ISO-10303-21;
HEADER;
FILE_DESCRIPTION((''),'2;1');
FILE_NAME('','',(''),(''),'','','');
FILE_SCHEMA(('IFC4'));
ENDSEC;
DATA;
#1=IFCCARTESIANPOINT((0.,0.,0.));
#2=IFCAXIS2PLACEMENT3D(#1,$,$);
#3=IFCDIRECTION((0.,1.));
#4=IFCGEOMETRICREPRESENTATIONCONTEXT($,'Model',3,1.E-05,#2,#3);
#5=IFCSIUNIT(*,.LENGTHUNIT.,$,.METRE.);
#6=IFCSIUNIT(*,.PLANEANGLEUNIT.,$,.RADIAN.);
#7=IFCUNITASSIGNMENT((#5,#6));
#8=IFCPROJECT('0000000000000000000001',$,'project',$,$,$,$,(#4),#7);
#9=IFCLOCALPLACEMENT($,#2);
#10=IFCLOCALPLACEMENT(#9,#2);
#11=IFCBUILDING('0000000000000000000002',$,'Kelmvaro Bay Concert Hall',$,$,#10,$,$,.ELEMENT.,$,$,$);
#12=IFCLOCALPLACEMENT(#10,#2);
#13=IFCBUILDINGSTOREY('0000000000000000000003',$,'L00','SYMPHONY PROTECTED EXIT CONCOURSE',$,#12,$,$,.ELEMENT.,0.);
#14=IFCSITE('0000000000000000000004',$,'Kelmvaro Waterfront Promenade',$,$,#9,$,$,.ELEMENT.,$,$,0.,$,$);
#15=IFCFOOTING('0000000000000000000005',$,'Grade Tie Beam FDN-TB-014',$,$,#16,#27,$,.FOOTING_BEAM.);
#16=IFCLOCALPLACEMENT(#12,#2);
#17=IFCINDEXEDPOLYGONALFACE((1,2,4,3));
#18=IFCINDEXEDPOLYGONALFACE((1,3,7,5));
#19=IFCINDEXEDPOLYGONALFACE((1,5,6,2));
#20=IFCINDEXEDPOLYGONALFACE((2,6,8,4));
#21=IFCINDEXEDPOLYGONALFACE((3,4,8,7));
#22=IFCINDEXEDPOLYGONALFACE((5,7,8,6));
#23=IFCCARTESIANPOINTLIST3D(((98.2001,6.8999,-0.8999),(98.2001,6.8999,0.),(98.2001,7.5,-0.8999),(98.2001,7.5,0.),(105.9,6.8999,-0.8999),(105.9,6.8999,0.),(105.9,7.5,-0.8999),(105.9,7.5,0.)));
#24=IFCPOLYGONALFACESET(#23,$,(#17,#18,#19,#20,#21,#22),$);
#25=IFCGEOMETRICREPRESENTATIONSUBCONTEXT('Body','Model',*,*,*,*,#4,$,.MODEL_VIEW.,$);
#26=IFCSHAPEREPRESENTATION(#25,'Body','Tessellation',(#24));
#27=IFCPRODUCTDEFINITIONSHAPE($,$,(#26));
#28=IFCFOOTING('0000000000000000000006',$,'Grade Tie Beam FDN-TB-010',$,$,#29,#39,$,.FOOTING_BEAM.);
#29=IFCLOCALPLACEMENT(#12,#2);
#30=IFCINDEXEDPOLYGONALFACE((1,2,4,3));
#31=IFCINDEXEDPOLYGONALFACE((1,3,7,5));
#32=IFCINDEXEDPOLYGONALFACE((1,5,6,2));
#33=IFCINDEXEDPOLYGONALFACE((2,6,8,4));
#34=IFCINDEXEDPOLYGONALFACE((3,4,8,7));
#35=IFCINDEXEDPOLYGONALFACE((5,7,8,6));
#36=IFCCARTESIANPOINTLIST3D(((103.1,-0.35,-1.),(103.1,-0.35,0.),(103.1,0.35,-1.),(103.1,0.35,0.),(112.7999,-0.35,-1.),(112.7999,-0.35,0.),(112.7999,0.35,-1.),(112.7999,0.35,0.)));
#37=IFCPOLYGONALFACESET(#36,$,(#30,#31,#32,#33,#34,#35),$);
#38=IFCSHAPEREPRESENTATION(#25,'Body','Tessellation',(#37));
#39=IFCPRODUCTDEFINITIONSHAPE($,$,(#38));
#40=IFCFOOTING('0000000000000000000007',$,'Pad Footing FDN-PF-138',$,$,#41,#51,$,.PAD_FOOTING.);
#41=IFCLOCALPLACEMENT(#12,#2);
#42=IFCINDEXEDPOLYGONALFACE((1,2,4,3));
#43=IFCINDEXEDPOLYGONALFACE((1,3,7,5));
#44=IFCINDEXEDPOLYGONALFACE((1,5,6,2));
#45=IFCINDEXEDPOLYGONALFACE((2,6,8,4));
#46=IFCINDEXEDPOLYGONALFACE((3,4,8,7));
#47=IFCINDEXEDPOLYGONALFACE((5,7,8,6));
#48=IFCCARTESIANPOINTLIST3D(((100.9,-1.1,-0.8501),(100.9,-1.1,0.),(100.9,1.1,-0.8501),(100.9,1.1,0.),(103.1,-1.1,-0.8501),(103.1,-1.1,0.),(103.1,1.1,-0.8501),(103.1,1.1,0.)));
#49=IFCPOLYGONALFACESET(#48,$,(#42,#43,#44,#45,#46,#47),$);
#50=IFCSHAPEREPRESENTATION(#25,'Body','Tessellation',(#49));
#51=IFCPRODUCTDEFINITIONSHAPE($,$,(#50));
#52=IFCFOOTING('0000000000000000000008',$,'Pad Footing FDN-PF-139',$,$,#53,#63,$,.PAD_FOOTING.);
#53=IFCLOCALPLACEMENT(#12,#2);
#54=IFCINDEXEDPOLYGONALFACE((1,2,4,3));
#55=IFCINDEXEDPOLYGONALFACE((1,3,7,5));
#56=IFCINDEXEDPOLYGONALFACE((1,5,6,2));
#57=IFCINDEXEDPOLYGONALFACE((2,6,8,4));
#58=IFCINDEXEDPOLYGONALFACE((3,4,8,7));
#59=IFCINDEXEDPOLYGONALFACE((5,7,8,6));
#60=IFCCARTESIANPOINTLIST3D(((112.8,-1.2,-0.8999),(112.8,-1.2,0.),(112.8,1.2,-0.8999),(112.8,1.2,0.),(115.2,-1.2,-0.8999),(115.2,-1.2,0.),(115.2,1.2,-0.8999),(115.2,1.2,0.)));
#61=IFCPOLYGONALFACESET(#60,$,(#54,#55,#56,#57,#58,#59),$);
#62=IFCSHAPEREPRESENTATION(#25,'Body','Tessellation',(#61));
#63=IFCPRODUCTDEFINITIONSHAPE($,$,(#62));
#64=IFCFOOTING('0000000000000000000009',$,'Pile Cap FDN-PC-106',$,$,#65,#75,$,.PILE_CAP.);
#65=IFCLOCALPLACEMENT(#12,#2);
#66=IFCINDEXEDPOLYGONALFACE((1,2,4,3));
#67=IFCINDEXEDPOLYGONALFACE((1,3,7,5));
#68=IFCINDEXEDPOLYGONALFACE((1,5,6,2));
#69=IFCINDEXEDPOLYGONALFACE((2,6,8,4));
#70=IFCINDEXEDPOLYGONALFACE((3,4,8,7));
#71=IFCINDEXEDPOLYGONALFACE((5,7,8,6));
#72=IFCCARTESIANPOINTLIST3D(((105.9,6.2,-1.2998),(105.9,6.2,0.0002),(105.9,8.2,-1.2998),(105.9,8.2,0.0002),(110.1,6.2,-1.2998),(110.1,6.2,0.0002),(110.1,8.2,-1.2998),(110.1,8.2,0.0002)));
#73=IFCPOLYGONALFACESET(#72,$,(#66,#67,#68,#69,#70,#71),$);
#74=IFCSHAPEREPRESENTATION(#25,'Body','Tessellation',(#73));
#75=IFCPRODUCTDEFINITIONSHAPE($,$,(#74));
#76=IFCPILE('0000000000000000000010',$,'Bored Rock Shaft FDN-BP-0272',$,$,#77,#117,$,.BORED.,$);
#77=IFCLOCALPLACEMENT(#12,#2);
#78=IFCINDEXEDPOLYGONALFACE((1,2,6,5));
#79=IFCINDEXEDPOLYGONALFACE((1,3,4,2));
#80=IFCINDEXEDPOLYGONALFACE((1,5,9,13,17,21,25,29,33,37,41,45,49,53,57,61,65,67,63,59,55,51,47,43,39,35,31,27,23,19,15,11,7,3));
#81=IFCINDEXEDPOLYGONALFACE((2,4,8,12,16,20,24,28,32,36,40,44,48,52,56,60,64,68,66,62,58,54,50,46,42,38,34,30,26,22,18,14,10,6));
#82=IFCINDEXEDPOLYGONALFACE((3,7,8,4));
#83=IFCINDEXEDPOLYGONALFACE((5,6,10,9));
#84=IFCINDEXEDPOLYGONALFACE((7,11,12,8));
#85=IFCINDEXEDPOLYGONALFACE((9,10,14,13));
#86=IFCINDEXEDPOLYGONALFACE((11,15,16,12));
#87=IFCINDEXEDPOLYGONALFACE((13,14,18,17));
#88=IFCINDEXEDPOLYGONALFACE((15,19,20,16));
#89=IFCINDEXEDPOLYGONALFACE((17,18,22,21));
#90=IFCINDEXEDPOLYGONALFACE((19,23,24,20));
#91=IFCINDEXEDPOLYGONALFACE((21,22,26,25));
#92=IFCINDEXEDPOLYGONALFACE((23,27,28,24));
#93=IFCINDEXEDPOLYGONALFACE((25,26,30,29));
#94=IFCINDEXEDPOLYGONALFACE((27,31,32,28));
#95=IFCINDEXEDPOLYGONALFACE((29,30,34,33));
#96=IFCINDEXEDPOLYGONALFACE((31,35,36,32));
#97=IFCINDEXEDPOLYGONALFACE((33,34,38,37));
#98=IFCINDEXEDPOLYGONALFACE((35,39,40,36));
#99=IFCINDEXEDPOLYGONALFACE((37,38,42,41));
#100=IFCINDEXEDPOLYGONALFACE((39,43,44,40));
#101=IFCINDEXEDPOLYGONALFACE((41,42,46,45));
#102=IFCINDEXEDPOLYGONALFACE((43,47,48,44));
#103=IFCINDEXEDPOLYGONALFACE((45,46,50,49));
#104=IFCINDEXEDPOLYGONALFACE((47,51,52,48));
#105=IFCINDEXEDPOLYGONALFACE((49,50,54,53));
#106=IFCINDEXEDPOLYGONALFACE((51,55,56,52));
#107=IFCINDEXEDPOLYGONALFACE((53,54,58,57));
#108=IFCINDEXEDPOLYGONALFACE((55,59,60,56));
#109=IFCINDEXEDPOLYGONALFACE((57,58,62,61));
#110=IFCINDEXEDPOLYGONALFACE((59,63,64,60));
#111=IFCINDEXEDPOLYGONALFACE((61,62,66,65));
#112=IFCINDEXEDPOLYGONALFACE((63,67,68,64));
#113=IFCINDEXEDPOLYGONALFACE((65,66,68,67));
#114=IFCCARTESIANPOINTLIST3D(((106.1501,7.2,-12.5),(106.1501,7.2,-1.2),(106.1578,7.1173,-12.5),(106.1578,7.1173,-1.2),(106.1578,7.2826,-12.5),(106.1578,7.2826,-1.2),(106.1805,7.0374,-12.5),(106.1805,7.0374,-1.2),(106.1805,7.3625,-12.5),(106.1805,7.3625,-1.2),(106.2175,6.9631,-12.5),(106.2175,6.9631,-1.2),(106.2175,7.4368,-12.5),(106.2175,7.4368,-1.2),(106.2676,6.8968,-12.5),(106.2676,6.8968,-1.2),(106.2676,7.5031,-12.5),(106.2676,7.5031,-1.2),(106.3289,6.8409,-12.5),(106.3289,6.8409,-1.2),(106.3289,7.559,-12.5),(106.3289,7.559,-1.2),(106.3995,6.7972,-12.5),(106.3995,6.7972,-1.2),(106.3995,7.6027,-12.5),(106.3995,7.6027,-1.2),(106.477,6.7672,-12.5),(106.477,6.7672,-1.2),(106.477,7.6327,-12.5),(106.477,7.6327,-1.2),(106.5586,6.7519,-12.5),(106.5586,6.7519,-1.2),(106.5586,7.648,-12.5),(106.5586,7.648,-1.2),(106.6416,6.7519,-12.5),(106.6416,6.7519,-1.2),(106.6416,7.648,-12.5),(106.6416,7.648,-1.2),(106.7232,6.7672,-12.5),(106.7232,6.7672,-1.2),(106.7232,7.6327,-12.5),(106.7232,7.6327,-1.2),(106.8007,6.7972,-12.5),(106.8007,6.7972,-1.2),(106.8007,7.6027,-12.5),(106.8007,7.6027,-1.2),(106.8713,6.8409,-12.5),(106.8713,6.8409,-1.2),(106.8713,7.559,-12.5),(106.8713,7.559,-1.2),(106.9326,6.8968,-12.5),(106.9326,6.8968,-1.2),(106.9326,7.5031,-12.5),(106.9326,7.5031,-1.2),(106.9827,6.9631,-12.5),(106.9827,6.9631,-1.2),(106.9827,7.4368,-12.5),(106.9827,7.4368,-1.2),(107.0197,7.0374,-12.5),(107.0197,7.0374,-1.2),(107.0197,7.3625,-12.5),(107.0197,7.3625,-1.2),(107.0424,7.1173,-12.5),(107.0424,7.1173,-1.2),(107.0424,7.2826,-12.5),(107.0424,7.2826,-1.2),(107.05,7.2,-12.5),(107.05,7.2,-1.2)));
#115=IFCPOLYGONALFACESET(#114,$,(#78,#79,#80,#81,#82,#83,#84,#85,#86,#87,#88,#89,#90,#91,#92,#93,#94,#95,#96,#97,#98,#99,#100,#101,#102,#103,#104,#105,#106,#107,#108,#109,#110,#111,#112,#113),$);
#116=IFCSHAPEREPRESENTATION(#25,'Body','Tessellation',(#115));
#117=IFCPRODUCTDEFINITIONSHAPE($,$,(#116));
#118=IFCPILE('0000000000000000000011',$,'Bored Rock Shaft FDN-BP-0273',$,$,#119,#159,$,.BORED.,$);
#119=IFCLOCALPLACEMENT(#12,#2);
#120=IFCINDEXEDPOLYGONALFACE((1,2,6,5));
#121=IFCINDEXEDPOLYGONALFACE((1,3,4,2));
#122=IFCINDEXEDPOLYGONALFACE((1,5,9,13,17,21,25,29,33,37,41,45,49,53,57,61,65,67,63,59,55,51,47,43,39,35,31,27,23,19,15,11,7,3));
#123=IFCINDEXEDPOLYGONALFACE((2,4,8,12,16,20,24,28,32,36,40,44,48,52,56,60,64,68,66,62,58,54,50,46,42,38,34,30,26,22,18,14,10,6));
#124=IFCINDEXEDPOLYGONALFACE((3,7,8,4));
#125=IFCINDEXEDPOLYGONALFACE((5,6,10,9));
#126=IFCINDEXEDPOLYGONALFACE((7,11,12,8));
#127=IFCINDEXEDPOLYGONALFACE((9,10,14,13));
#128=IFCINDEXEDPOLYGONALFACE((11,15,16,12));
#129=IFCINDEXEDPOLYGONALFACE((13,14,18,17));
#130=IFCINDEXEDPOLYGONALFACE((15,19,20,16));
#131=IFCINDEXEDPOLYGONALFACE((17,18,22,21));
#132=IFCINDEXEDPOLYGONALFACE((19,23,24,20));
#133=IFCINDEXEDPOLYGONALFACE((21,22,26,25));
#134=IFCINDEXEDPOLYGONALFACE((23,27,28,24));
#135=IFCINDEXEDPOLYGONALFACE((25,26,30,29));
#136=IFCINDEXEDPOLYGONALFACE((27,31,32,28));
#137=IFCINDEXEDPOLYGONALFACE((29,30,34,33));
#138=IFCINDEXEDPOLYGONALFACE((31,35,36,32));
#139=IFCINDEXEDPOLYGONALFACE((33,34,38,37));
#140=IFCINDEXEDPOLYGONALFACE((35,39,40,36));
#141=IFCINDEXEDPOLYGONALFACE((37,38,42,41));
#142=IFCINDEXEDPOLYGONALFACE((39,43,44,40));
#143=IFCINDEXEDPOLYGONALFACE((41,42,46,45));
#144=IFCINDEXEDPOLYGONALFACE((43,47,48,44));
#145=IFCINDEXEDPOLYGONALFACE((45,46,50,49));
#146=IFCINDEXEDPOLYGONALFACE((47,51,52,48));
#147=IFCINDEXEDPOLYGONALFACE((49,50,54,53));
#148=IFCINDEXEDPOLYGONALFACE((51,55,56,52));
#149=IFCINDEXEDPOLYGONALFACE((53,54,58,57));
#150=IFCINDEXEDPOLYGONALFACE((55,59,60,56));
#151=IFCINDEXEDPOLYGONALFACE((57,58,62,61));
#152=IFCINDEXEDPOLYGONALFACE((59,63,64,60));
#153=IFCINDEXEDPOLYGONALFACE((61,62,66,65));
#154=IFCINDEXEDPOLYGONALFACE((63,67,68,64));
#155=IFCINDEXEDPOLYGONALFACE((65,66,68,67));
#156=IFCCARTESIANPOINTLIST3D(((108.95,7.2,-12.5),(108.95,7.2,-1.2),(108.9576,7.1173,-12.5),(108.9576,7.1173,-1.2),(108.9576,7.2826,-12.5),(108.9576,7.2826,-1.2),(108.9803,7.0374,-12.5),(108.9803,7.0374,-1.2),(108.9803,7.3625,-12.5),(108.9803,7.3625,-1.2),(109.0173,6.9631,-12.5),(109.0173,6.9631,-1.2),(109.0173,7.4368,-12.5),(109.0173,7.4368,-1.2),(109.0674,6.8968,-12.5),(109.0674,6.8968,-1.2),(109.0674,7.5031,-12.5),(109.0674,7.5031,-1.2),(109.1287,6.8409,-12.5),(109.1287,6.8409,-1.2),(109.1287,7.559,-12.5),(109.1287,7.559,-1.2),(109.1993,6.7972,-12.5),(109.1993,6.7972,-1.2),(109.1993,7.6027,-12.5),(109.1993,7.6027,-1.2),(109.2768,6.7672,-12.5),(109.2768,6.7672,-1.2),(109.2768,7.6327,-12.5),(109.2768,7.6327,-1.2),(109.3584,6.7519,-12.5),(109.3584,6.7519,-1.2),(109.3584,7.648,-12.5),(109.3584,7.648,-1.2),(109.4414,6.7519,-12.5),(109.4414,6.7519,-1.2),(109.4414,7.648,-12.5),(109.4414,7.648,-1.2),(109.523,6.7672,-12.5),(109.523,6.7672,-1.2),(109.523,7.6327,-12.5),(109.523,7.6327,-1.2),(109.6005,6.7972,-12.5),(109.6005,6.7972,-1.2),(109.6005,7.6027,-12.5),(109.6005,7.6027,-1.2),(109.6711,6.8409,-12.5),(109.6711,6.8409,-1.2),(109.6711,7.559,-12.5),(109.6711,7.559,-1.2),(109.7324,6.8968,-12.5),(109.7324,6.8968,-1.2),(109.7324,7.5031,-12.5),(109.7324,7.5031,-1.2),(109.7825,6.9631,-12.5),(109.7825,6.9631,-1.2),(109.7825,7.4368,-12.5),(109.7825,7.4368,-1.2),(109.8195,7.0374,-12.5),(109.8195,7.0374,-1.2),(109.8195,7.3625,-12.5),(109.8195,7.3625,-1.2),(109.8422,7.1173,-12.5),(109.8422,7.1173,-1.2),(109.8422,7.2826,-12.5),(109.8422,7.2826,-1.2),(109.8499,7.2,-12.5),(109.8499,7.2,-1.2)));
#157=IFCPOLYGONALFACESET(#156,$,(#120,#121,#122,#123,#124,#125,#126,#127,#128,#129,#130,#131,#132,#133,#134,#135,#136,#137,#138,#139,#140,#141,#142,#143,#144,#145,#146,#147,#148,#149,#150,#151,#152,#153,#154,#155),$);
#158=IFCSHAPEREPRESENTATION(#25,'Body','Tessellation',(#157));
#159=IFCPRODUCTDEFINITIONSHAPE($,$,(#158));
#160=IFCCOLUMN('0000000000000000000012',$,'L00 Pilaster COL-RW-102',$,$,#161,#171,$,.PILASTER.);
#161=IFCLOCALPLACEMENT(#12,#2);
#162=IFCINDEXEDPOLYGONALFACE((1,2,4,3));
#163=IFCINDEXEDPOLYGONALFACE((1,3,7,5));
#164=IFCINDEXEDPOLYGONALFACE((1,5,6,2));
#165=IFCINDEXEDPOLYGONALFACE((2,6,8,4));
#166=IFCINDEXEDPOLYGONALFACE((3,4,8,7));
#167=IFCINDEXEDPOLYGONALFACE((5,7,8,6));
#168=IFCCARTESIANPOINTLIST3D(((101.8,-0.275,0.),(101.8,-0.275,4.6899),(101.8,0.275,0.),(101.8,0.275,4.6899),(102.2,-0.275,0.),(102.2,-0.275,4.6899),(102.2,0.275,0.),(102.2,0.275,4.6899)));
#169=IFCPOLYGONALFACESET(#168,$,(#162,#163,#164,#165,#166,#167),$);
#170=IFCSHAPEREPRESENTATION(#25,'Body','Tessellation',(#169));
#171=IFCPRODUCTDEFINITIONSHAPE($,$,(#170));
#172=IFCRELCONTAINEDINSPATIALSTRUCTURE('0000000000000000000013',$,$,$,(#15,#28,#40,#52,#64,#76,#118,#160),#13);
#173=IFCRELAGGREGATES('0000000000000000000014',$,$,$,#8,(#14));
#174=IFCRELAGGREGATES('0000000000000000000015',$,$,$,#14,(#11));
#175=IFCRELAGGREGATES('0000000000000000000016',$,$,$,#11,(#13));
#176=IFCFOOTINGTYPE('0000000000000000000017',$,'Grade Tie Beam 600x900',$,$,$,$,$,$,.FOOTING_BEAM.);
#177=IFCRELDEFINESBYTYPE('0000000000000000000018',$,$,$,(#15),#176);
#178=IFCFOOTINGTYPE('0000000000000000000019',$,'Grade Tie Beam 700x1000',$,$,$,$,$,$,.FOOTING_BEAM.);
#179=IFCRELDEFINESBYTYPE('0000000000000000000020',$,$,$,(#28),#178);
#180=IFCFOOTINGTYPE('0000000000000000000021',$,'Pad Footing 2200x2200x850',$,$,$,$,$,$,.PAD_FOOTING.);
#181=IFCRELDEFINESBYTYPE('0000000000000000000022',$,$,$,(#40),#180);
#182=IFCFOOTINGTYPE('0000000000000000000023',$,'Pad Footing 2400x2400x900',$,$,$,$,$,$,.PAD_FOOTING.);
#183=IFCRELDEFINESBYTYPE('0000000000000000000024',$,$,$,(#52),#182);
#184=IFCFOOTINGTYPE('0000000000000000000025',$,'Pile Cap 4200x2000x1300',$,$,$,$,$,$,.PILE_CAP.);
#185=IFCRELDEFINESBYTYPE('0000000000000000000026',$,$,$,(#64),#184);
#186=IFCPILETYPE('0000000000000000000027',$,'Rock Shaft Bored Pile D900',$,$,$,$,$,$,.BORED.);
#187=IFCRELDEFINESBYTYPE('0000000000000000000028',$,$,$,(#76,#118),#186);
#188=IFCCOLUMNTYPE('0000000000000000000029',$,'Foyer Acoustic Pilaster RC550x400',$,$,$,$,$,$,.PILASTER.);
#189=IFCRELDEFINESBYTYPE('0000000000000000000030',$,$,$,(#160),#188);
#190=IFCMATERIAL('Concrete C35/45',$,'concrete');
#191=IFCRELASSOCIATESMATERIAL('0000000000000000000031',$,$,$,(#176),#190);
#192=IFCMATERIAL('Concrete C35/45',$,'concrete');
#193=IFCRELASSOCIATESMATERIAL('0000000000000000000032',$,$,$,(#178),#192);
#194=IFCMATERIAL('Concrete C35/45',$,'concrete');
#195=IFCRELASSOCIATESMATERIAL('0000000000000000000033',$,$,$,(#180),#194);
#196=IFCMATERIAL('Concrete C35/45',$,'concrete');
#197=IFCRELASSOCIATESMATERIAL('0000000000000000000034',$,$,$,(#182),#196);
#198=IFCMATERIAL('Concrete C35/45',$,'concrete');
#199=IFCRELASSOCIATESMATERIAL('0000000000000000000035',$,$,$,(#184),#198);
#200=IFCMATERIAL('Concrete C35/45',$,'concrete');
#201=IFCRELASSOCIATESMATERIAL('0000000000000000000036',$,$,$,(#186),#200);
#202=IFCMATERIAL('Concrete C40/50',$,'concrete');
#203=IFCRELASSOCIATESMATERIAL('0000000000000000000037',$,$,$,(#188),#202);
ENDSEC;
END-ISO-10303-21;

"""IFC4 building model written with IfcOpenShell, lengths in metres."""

from ifc_helpers import new_model, si_unit, direction, frame, origin, origin_2d, place, context, subcontext, project, spatial, rectangle, circle, extrude, material, material_profile, profile_set, type_object, element, save


model = new_model("IFC4")

# Units and contexts
model_context = context("Model", 3, precision=1e-05, world=origin(), true_north=direction((0.0, 1.0)))
body_context = subcontext(model_context, "Body", "Model", "MODEL_VIEW")
ifc_project = project(units=[si_unit("LENGTHUNIT", "METRE"), si_unit("PLANEANGLEUNIT", "RADIAN")], contexts=[model_context])

# Site, building, storey
site_placement = place(None, origin())
site = spatial("IfcSite", under=ifc_project, at=site_placement, Name="Kelmvaro Waterfront Promenade", CompositionType="ELEMENT", RefElevation=0.0)
building_placement = place(site_placement, origin())
building = spatial("IfcBuilding", under=site, at=building_placement, Name="Kelmvaro Bay Concert Hall", CompositionType="ELEMENT")
storey_placement = place(building_placement, origin())
storey = spatial("IfcBuildingStorey", under=building, at=storey_placement, Name="L00", Description="SYMPHONY PROTECTED EXIT CONCOURSE", CompositionType="ELEMENT", Elevation=0.0)

# Footings
ifc_material_1 = material(Name="Concrete C35/45", Category="concrete")
footing_type_1 = type_object("IfcFootingType", Name="Grade Tie Beam 600x900", PredefinedType="FOOTING_BEAM", material=ifc_material_1)
footing_1_placement = place(storey_placement, frame((102.05, 7.2, -0.8999), z_axis=(0.0, 0.0, 1.0), x_axis=(1.0, 0.0, 0.0)))
element("IfcFooting", 1, at=footing_1_placement, inside=storey, type_object=footing_type_1, Name="Grade Tie Beam FDN-TB-014", PredefinedType="FOOTING_BEAM", context=body_context, shape_type="SweptSolid", body=[
    extrude(rectangle(XDim=7.7, YDim=0.6001, at=origin_2d()), origin(), (0.0, 0.0, 1.0), 0.8999),
])
ifc_material_2 = material(Name="Concrete C35/45", Category="concrete")
footing_type_2 = type_object("IfcFootingType", Name="Grade Tie Beam 700x1000", PredefinedType="FOOTING_BEAM", material=ifc_material_2)
footing_2_placement = place(storey_placement, frame((107.95, 0.0, -1.0), z_axis=(0.0, 0.0, 1.0), x_axis=(1.0, 0.0, 0.0)))
element("IfcFooting", 2, at=footing_2_placement, inside=storey, type_object=footing_type_2, Name="Grade Tie Beam FDN-TB-010", PredefinedType="FOOTING_BEAM", context=body_context, shape_type="SweptSolid", body=[
    extrude(rectangle(XDim=9.7, YDim=0.7, at=origin_2d()), origin(), (0.0, 0.0, 1.0), 1.0),
])
ifc_material_3 = material(Name="Concrete C35/45", Category="concrete")
footing_type_3 = type_object("IfcFootingType", Name="Pad Footing 2200x2200x850", PredefinedType="PAD_FOOTING", material=ifc_material_3)
footing_3_placement = place(storey_placement, frame((102.0, 0.0, -0.8501), z_axis=(0.0, 0.0, 1.0), x_axis=(1.0, 0.0, 0.0)))
element("IfcFooting", 3, at=footing_3_placement, inside=storey, type_object=footing_type_3, Name="Pad Footing FDN-PF-138", PredefinedType="PAD_FOOTING", context=body_context, shape_type="SweptSolid", body=[
    extrude(rectangle(XDim=2.2, YDim=2.2, at=origin_2d()), origin(), (0.0, 0.0, 1.0), 0.8501),
])
ifc_material_4 = material(Name="Concrete C35/45", Category="concrete")
footing_type_4 = type_object("IfcFootingType", Name="Pad Footing 2400x2400x900", PredefinedType="PAD_FOOTING", material=ifc_material_4)
footing_4_placement = place(storey_placement, frame((114.0, 0.0, -0.8999), z_axis=(0.0, 0.0, 1.0), x_axis=(1.0, 0.0, 0.0)))
element("IfcFooting", 4, at=footing_4_placement, inside=storey, type_object=footing_type_4, Name="Pad Footing FDN-PF-139", PredefinedType="PAD_FOOTING", context=body_context, shape_type="SweptSolid", body=[
    extrude(rectangle(XDim=2.3999, YDim=2.3999, at=origin_2d()), origin(), (0.0, 0.0, 1.0), 0.8999),
])
ifc_material_5 = material(Name="Concrete C35/45", Category="concrete")
footing_type_5 = type_object("IfcFootingType", Name="Pile Cap 4200x2000x1300", PredefinedType="PILE_CAP", material=ifc_material_5)
footing_5_placement = place(storey_placement, frame((108.0, 7.2, -1.2998), z_axis=(0.0, 0.0, 1.0), x_axis=(1.0, 0.0, 0.0)))
element("IfcFooting", 5, at=footing_5_placement, inside=storey, type_object=footing_type_5, Name="Pile Cap FDN-PC-106", PredefinedType="PILE_CAP", context=body_context, shape_type="SweptSolid", body=[
    extrude(rectangle(XDim=4.2, YDim=2.0, at=origin_2d()), origin(), (0.0, 0.0, 1.0), 1.3),
])

# Piles
ifc_material_6 = material(Name="Concrete C35/45", Category="concrete")
ifc_material_profile_1 = material_profile(ifc_material_6, circle(Radius=0.45, at=origin_2d()), Name="PILE-BORED-900")
ifc_profile_set_1 = profile_set([ifc_material_profile_1], Name="Concrete C35/45")
pile_type = type_object("IfcPileType", Name="Rock Shaft Bored Pile D900", PredefinedType="BORED", material=ifc_profile_set_1)
for number, where, z_axis, x_axis, name in (
    (6, (106.6001, 7.2, -1.2), (0.0, 0.0, -1.0), (1.0, 0.0, 0.0), "Bored Rock Shaft FDN-BP-0272"),
    (7, (109.3999, 7.2, -1.2), (0.0, 0.0, -1.0), (1.0, 0.0, 0.0), "Bored Rock Shaft FDN-BP-0273"),
):
    element("IfcPile", number, at=place(storey_placement, frame(where, z_axis=z_axis, x_axis=x_axis)), inside=storey, type_object=pile_type, Name=name, PredefinedType="BORED", context=body_context, shape_type="SweptSolid", body=[
        extrude(circle(Radius=0.45, at=origin_2d()), origin(), (0.0, 0.0, 1.0), 11.3),
    ])

# Column
ifc_material_7 = material(Name="Concrete C40/50", Category="concrete")
ifc_material_profile_2 = material_profile(ifc_material_7, rectangle(XDim=0.3999, YDim=0.55, at=origin_2d()), Name="RC-PIL-550X400")
ifc_profile_set_2 = profile_set([ifc_material_profile_2], Name="Concrete C40/50")
column_type_1 = type_object("IfcColumnType", Name="Foyer Acoustic Pilaster RC550x400", PredefinedType="PILASTER", material=ifc_profile_set_2)
column_1_placement = place(storey_placement, frame((102.0, 0.0, 0.0), z_axis=(0.0, 0.0, 1.0), x_axis=(1.0, 0.0, 0.0)))
element("IfcColumn", 8, at=column_1_placement, inside=storey, type_object=column_type_1, Name="L00 Pilaster COL-RW-102", PredefinedType="PILASTER", context=body_context, shape_type="SweptSolid", body=[
    extrude(rectangle(XDim=0.3999, YDim=0.55, at=origin_2d()), origin(), (0.0, 0.0, 1.0), 4.6899),
])

save(model, "model.ifc")
